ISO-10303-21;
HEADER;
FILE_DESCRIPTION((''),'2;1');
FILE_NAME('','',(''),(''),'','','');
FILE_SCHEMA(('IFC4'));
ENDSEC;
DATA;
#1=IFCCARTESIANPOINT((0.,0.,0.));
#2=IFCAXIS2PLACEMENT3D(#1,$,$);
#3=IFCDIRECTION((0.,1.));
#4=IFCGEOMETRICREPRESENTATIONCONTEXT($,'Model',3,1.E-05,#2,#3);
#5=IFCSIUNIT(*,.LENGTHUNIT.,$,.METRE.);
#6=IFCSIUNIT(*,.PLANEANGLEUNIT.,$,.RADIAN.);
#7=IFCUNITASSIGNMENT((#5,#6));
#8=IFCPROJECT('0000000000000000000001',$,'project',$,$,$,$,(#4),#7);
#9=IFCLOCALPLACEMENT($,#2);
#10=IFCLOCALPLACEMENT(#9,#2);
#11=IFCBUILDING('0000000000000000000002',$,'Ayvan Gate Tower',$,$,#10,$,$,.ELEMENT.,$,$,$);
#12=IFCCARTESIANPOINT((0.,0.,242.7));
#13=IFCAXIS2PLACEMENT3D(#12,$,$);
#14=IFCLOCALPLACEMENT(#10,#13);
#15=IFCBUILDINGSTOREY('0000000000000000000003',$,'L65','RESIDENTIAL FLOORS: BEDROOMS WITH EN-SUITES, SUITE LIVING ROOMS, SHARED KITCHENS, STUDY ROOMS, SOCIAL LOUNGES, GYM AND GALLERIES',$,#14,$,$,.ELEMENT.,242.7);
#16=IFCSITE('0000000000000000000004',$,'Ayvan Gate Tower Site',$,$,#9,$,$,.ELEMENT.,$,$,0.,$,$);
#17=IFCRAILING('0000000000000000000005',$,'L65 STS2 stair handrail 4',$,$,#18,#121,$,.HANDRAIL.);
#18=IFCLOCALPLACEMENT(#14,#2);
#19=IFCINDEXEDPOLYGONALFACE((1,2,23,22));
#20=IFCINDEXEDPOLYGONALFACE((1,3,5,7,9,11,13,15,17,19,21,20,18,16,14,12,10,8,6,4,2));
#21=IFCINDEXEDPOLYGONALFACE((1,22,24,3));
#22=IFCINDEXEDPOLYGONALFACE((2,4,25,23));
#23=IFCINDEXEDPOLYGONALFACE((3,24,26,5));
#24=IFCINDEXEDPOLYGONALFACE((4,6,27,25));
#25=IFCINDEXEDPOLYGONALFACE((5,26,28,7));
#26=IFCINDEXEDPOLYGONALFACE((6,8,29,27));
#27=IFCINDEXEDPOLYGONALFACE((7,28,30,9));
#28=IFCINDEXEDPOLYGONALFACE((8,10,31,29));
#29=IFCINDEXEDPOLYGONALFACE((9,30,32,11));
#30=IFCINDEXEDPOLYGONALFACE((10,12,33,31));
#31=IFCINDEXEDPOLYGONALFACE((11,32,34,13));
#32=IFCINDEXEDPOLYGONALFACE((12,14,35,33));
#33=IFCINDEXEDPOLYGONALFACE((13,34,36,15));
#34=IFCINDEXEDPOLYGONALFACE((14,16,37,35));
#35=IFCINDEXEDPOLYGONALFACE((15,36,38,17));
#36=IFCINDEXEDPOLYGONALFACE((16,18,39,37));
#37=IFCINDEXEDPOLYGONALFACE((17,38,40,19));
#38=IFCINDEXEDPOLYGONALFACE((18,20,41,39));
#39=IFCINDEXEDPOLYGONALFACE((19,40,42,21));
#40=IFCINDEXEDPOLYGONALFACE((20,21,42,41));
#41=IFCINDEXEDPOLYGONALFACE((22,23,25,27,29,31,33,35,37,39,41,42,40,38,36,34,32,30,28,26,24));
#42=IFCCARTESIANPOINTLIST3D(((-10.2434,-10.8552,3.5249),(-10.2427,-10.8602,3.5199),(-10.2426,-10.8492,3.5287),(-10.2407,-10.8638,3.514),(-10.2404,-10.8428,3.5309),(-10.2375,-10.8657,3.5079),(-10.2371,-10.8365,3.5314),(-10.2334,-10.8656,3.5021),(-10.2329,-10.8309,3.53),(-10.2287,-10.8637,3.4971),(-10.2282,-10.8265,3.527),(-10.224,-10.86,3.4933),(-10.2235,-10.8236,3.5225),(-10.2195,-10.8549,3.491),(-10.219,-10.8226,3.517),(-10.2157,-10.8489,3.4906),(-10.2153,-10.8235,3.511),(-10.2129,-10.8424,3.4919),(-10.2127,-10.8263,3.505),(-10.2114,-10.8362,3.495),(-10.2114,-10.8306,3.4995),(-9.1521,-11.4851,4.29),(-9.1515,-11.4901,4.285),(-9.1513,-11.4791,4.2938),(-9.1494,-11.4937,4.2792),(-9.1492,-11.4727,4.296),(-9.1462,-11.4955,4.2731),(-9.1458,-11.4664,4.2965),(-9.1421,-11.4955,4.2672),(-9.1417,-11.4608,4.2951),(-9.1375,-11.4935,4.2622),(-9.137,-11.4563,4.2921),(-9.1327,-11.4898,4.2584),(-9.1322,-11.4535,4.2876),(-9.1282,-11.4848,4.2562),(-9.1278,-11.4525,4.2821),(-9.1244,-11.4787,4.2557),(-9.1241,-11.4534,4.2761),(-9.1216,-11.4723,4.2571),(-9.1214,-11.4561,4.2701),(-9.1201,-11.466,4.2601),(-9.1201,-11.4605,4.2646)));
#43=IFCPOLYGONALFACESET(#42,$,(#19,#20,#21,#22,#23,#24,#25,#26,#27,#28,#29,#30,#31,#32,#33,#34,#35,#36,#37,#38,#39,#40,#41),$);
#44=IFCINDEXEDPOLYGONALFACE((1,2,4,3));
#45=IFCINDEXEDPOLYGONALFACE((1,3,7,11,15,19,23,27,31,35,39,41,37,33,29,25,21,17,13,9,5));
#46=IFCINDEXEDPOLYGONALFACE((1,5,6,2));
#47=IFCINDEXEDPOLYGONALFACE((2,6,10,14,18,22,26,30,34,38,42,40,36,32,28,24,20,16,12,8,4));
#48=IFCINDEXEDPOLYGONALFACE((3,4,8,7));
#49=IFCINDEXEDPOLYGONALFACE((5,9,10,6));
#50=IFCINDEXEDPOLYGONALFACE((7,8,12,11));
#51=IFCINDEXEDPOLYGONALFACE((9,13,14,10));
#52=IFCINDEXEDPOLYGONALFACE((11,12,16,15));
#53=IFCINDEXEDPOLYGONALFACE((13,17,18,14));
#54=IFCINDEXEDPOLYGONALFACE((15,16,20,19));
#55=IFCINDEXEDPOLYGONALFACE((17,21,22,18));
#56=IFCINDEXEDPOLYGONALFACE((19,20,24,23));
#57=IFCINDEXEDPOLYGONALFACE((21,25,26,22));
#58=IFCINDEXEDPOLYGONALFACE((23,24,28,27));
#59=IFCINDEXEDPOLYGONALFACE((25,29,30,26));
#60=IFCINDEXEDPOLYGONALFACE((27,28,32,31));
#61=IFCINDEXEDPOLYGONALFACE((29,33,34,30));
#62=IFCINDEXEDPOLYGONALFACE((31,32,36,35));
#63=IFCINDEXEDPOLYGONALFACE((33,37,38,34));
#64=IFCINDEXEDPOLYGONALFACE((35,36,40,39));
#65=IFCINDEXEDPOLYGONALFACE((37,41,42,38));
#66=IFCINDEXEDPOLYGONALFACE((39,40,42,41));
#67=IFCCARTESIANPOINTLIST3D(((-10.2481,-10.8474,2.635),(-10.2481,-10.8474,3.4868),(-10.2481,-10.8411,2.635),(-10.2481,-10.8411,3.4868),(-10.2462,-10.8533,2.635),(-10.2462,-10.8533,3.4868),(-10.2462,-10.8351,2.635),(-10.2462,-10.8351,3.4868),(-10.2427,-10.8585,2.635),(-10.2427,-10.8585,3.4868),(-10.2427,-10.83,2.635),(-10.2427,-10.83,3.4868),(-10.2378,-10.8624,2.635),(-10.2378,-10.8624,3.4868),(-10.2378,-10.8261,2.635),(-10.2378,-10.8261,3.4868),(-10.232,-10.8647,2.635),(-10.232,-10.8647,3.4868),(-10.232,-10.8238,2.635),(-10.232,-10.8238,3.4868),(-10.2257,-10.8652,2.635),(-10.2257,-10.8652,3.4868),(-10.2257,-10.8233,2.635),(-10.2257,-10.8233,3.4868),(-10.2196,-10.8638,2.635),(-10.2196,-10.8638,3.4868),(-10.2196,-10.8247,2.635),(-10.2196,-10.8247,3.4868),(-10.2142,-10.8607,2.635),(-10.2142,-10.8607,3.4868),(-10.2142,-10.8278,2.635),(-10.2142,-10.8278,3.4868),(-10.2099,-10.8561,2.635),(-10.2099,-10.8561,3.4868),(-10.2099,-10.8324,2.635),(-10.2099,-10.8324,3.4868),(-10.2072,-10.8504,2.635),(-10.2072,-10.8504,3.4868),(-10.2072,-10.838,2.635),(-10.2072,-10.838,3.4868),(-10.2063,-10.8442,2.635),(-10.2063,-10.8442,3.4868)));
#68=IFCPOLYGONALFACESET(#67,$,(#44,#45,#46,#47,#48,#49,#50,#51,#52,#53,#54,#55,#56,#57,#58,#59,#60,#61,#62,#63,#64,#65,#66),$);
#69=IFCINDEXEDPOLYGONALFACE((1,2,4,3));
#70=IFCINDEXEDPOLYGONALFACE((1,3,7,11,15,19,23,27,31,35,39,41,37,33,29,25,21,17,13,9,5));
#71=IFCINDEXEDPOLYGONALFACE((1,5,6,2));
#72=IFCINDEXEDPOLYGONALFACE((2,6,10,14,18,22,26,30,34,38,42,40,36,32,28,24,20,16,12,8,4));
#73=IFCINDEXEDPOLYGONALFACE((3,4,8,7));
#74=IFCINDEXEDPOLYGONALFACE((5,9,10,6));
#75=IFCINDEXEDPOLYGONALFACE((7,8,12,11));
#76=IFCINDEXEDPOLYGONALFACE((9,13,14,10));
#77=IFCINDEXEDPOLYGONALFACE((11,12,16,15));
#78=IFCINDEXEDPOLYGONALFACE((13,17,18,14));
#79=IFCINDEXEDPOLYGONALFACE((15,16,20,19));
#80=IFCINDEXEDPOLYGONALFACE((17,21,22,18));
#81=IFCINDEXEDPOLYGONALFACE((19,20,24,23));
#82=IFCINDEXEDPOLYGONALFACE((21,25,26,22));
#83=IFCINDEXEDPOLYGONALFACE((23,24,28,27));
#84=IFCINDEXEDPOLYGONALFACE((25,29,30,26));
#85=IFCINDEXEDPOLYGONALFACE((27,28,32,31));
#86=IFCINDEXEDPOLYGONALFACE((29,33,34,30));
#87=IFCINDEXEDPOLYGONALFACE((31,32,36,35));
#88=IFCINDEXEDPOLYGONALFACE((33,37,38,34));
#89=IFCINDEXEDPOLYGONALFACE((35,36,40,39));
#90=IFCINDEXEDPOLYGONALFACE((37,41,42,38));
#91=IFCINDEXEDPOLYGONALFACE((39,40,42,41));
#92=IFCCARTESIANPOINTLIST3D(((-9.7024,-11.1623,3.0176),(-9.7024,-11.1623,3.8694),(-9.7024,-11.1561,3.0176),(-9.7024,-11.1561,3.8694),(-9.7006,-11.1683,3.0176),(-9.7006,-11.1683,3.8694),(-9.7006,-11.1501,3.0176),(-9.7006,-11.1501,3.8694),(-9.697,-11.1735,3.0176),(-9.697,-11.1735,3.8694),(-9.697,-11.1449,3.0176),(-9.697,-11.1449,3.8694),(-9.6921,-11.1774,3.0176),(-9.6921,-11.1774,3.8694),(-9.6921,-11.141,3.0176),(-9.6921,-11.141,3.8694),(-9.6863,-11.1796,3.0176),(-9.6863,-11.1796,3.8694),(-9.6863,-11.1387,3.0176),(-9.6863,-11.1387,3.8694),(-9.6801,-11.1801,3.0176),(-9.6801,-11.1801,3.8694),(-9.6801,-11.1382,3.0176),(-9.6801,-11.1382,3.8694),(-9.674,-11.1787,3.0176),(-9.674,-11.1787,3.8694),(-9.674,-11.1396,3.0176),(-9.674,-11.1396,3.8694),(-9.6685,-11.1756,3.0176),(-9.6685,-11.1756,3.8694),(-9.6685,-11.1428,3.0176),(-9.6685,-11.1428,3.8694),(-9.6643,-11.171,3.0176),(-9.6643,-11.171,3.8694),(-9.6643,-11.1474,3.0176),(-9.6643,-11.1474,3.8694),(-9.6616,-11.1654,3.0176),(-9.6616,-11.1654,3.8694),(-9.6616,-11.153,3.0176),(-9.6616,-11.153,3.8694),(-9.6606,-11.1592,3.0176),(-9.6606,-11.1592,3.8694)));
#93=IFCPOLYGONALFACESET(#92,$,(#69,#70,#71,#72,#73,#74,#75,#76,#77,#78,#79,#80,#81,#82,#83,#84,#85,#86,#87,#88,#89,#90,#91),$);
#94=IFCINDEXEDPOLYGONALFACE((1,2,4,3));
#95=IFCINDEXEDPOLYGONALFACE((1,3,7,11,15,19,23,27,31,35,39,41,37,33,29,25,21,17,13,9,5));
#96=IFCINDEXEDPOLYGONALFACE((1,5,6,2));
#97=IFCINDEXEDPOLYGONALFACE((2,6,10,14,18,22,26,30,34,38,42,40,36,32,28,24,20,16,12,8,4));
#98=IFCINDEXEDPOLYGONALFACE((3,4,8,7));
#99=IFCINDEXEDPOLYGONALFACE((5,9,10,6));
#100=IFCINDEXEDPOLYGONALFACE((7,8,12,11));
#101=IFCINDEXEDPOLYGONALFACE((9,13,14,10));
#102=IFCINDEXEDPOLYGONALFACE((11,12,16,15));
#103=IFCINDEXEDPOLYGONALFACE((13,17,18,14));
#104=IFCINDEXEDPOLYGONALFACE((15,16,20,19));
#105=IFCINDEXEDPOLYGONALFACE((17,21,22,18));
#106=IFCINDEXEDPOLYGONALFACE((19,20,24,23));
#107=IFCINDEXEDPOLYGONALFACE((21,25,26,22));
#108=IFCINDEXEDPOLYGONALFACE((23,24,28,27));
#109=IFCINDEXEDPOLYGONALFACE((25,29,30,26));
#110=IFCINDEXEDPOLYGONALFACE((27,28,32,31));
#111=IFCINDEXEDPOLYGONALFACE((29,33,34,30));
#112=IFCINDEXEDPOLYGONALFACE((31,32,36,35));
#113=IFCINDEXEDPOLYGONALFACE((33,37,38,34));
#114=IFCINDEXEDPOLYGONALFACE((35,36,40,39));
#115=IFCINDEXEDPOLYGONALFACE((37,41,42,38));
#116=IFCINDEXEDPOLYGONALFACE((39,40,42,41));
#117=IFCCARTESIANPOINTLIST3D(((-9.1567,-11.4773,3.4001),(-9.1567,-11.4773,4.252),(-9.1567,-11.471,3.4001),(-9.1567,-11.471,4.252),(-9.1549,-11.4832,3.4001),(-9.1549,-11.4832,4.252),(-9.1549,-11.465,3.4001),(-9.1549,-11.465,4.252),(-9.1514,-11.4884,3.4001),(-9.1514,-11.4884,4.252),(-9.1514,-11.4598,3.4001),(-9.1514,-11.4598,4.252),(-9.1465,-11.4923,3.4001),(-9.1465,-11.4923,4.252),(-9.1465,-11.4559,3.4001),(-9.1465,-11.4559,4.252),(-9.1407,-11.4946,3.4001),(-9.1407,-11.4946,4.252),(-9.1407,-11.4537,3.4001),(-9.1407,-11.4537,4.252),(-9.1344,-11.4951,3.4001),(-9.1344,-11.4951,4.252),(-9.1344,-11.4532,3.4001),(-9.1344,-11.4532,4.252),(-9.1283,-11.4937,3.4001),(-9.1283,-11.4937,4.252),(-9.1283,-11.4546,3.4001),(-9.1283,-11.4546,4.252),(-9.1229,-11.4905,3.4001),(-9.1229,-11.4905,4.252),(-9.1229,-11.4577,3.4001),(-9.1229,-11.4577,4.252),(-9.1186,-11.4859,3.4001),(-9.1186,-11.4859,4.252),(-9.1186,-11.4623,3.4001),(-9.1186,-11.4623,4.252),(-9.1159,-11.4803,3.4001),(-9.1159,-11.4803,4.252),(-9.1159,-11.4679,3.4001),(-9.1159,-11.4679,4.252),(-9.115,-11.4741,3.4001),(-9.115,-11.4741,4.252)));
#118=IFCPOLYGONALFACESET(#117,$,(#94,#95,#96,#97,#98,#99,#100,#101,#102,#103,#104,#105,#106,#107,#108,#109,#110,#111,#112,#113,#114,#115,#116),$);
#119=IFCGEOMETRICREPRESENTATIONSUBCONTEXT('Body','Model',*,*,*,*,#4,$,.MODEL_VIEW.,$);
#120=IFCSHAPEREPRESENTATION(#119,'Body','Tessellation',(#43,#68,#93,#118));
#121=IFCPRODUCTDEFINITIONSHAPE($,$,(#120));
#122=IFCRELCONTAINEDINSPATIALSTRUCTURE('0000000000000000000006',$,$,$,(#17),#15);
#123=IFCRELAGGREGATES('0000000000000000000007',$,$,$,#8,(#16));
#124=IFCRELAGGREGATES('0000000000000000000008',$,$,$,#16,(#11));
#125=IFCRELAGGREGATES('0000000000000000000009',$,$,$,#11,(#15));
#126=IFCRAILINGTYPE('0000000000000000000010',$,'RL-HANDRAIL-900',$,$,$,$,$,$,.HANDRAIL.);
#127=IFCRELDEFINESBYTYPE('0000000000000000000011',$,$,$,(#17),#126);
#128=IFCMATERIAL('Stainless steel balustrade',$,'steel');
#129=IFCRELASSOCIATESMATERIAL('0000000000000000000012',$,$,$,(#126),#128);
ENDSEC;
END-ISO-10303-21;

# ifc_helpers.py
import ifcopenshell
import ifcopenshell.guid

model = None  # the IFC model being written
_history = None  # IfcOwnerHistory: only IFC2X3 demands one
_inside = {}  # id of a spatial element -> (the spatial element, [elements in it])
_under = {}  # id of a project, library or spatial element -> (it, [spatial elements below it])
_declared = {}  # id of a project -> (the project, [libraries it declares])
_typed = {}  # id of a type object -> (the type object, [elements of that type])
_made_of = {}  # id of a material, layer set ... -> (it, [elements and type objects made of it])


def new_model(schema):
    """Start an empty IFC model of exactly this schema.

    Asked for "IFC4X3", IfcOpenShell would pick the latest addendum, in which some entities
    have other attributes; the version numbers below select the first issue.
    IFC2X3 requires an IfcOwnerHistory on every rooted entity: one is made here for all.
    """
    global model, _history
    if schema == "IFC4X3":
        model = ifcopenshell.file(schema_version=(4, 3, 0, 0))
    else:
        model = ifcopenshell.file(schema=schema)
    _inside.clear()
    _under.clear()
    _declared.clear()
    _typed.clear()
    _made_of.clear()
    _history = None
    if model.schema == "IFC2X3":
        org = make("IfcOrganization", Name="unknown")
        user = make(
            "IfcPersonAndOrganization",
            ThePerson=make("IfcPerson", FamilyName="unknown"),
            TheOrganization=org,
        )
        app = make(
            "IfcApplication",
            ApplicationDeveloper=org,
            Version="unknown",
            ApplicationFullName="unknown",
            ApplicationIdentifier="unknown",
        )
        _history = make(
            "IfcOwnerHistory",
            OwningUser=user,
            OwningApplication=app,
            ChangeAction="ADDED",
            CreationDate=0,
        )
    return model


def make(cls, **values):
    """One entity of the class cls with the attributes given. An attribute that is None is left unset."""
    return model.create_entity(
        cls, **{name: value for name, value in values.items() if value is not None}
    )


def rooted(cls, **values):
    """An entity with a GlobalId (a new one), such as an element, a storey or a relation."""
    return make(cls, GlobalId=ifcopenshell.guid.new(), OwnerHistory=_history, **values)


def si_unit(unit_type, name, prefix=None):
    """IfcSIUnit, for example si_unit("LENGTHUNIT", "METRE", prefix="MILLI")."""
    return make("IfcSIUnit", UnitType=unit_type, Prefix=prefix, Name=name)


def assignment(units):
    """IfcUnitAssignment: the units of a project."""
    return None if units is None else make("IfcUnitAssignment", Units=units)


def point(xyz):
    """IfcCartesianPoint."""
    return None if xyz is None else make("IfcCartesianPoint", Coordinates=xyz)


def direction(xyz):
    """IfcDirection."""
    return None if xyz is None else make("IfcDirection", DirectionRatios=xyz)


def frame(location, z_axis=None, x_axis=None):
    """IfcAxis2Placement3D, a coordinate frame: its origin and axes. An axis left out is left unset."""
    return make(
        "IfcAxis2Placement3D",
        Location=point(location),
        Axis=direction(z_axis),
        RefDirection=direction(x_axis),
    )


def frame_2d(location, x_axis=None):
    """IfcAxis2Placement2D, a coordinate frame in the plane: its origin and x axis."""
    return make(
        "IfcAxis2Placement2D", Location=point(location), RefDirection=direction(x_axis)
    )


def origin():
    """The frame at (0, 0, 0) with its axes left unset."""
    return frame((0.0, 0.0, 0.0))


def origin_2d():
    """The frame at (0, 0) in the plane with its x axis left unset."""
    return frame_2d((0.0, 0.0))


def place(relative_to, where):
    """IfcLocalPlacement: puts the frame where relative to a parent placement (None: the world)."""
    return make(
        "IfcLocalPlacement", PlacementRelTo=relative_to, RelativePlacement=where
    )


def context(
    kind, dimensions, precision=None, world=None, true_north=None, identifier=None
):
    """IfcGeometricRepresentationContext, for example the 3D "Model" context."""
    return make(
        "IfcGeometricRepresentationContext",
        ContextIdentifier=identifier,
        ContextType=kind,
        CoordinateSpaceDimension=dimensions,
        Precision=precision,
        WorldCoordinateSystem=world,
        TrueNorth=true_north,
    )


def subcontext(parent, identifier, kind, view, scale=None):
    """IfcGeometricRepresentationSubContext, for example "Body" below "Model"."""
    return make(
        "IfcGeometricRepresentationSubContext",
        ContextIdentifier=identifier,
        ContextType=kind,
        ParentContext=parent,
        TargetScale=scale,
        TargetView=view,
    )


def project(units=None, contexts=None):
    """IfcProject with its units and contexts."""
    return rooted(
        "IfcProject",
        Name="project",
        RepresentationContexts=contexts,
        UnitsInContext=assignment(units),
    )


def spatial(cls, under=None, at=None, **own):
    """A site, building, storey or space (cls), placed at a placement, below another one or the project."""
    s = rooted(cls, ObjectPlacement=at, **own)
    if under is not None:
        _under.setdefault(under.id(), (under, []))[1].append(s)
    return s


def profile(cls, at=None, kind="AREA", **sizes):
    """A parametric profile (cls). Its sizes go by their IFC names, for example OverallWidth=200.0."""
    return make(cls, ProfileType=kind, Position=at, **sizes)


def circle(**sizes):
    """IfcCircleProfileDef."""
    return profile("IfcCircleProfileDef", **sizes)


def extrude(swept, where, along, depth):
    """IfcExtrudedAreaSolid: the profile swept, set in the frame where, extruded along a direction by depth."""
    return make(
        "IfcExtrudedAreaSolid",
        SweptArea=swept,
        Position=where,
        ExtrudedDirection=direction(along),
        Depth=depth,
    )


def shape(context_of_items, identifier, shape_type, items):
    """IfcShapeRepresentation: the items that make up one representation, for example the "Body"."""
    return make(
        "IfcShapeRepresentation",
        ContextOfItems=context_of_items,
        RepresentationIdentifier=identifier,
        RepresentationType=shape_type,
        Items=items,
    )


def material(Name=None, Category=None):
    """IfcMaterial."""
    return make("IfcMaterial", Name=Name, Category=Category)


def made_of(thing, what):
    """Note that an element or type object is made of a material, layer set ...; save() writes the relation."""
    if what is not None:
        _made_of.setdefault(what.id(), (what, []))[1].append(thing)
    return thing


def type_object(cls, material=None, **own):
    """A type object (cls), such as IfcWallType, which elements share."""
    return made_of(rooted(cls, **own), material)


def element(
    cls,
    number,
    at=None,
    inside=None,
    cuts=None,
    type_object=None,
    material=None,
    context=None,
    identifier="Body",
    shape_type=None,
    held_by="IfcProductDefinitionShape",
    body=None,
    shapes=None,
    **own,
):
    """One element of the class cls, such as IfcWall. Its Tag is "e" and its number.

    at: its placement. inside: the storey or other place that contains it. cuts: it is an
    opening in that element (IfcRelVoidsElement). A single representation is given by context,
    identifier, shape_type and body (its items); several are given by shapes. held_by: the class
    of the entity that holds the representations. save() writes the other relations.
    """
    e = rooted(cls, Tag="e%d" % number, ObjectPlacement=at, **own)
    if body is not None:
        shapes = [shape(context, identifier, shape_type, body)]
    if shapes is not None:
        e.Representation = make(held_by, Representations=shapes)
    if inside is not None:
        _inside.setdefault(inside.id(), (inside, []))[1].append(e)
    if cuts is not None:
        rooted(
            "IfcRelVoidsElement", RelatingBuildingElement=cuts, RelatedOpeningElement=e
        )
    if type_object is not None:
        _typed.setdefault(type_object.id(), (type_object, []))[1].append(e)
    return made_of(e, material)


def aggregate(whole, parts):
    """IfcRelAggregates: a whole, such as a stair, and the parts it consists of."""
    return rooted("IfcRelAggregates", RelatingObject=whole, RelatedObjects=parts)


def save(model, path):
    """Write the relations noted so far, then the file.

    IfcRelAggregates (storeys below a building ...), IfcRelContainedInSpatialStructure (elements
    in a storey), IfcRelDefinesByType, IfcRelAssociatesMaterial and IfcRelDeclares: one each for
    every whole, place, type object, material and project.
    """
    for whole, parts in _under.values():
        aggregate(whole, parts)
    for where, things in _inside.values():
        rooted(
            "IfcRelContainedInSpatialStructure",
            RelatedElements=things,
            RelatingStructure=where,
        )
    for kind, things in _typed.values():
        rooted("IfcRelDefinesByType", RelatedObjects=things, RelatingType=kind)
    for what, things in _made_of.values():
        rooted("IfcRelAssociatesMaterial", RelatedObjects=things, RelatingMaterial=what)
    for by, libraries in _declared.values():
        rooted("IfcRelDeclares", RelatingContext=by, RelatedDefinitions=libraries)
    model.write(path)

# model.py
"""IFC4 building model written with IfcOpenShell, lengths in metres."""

from ifc_helpers import new_model, si_unit, direction, frame, origin, origin_2d, place, context, subcontext, project, spatial, circle, extrude, material, type_object, element, save


model = new_model("IFC4")

# Units and contexts
model_context = context("Model", 3, precision=1e-05, world=origin(), true_north=direction((0.0, 1.0)))
body_context = subcontext(model_context, "Body", "Model", "MODEL_VIEW")
ifc_project = project(units=[si_unit("LENGTHUNIT", "METRE"), si_unit("PLANEANGLEUNIT", "RADIAN")], contexts=[model_context])

# Site, building, storey
site_placement = place(None, origin())
site = spatial("IfcSite", under=ifc_project, at=site_placement, Name="Ayvan Gate Tower Site", CompositionType="ELEMENT", RefElevation=0.0)
building_placement = place(site_placement, origin())
building = spatial("IfcBuilding", under=site, at=building_placement, Name="Ayvan Gate Tower", CompositionType="ELEMENT")
storey_placement = place(building_placement, frame((0.0, 0.0, 242.7)))
storey = spatial("IfcBuildingStorey", under=building, at=storey_placement, Name="L65", Description="RESIDENTIAL FLOORS: BEDROOMS WITH EN-SUITES, SUITE LIVING ROOMS, SHARED KITCHENS, STUDY ROOMS, SOCIAL LOUNGES, GYM AND GALLERIES", CompositionType="ELEMENT", Elevation=242.7)

# Railing
ifc_material_1 = material(Name="Stainless steel balustrade", Category="steel")
railing_type_1 = type_object("IfcRailingType", Name="RL-HANDRAIL-900", PredefinedType="HANDRAIL", material=ifc_material_1)
railing_1_placement = place(storey_placement, frame((-10.2273, -10.8442, 2.635)))
element("IfcRailing", 1, at=railing_1_placement, inside=storey, type_object=railing_type_1, Name="L65 STS2 stair handrail 4", PredefinedType="HANDRAIL", context=body_context, shape_type="SweptSolid", body=[
    extrude(circle(Radius=0.0239, at=origin_2d()), frame((0.0, 0.0, 0.876), z_axis=(0.740293, -0.427283, 0.519033), x_axis=(0.49989, 0.866089, 0.0)), (0.0, 0.0, 1.0), 1.4741),
    extrude(circle(Radius=0.021, at=origin_2d()), origin(), (0.0, 0.0, 1.0), 0.8518),
    extrude(circle(Radius=0.021, at=origin_2d()), frame((0.5457, -0.3149, 0.3826)), (0.0, 0.0, 1.0), 0.8518),
    extrude(circle(Radius=0.021, at=origin_2d()), frame((1.0913, -0.6299, 0.7651)), (0.0, 0.0, 1.0), 0.8518),
])

save(model, "model.ifc")
